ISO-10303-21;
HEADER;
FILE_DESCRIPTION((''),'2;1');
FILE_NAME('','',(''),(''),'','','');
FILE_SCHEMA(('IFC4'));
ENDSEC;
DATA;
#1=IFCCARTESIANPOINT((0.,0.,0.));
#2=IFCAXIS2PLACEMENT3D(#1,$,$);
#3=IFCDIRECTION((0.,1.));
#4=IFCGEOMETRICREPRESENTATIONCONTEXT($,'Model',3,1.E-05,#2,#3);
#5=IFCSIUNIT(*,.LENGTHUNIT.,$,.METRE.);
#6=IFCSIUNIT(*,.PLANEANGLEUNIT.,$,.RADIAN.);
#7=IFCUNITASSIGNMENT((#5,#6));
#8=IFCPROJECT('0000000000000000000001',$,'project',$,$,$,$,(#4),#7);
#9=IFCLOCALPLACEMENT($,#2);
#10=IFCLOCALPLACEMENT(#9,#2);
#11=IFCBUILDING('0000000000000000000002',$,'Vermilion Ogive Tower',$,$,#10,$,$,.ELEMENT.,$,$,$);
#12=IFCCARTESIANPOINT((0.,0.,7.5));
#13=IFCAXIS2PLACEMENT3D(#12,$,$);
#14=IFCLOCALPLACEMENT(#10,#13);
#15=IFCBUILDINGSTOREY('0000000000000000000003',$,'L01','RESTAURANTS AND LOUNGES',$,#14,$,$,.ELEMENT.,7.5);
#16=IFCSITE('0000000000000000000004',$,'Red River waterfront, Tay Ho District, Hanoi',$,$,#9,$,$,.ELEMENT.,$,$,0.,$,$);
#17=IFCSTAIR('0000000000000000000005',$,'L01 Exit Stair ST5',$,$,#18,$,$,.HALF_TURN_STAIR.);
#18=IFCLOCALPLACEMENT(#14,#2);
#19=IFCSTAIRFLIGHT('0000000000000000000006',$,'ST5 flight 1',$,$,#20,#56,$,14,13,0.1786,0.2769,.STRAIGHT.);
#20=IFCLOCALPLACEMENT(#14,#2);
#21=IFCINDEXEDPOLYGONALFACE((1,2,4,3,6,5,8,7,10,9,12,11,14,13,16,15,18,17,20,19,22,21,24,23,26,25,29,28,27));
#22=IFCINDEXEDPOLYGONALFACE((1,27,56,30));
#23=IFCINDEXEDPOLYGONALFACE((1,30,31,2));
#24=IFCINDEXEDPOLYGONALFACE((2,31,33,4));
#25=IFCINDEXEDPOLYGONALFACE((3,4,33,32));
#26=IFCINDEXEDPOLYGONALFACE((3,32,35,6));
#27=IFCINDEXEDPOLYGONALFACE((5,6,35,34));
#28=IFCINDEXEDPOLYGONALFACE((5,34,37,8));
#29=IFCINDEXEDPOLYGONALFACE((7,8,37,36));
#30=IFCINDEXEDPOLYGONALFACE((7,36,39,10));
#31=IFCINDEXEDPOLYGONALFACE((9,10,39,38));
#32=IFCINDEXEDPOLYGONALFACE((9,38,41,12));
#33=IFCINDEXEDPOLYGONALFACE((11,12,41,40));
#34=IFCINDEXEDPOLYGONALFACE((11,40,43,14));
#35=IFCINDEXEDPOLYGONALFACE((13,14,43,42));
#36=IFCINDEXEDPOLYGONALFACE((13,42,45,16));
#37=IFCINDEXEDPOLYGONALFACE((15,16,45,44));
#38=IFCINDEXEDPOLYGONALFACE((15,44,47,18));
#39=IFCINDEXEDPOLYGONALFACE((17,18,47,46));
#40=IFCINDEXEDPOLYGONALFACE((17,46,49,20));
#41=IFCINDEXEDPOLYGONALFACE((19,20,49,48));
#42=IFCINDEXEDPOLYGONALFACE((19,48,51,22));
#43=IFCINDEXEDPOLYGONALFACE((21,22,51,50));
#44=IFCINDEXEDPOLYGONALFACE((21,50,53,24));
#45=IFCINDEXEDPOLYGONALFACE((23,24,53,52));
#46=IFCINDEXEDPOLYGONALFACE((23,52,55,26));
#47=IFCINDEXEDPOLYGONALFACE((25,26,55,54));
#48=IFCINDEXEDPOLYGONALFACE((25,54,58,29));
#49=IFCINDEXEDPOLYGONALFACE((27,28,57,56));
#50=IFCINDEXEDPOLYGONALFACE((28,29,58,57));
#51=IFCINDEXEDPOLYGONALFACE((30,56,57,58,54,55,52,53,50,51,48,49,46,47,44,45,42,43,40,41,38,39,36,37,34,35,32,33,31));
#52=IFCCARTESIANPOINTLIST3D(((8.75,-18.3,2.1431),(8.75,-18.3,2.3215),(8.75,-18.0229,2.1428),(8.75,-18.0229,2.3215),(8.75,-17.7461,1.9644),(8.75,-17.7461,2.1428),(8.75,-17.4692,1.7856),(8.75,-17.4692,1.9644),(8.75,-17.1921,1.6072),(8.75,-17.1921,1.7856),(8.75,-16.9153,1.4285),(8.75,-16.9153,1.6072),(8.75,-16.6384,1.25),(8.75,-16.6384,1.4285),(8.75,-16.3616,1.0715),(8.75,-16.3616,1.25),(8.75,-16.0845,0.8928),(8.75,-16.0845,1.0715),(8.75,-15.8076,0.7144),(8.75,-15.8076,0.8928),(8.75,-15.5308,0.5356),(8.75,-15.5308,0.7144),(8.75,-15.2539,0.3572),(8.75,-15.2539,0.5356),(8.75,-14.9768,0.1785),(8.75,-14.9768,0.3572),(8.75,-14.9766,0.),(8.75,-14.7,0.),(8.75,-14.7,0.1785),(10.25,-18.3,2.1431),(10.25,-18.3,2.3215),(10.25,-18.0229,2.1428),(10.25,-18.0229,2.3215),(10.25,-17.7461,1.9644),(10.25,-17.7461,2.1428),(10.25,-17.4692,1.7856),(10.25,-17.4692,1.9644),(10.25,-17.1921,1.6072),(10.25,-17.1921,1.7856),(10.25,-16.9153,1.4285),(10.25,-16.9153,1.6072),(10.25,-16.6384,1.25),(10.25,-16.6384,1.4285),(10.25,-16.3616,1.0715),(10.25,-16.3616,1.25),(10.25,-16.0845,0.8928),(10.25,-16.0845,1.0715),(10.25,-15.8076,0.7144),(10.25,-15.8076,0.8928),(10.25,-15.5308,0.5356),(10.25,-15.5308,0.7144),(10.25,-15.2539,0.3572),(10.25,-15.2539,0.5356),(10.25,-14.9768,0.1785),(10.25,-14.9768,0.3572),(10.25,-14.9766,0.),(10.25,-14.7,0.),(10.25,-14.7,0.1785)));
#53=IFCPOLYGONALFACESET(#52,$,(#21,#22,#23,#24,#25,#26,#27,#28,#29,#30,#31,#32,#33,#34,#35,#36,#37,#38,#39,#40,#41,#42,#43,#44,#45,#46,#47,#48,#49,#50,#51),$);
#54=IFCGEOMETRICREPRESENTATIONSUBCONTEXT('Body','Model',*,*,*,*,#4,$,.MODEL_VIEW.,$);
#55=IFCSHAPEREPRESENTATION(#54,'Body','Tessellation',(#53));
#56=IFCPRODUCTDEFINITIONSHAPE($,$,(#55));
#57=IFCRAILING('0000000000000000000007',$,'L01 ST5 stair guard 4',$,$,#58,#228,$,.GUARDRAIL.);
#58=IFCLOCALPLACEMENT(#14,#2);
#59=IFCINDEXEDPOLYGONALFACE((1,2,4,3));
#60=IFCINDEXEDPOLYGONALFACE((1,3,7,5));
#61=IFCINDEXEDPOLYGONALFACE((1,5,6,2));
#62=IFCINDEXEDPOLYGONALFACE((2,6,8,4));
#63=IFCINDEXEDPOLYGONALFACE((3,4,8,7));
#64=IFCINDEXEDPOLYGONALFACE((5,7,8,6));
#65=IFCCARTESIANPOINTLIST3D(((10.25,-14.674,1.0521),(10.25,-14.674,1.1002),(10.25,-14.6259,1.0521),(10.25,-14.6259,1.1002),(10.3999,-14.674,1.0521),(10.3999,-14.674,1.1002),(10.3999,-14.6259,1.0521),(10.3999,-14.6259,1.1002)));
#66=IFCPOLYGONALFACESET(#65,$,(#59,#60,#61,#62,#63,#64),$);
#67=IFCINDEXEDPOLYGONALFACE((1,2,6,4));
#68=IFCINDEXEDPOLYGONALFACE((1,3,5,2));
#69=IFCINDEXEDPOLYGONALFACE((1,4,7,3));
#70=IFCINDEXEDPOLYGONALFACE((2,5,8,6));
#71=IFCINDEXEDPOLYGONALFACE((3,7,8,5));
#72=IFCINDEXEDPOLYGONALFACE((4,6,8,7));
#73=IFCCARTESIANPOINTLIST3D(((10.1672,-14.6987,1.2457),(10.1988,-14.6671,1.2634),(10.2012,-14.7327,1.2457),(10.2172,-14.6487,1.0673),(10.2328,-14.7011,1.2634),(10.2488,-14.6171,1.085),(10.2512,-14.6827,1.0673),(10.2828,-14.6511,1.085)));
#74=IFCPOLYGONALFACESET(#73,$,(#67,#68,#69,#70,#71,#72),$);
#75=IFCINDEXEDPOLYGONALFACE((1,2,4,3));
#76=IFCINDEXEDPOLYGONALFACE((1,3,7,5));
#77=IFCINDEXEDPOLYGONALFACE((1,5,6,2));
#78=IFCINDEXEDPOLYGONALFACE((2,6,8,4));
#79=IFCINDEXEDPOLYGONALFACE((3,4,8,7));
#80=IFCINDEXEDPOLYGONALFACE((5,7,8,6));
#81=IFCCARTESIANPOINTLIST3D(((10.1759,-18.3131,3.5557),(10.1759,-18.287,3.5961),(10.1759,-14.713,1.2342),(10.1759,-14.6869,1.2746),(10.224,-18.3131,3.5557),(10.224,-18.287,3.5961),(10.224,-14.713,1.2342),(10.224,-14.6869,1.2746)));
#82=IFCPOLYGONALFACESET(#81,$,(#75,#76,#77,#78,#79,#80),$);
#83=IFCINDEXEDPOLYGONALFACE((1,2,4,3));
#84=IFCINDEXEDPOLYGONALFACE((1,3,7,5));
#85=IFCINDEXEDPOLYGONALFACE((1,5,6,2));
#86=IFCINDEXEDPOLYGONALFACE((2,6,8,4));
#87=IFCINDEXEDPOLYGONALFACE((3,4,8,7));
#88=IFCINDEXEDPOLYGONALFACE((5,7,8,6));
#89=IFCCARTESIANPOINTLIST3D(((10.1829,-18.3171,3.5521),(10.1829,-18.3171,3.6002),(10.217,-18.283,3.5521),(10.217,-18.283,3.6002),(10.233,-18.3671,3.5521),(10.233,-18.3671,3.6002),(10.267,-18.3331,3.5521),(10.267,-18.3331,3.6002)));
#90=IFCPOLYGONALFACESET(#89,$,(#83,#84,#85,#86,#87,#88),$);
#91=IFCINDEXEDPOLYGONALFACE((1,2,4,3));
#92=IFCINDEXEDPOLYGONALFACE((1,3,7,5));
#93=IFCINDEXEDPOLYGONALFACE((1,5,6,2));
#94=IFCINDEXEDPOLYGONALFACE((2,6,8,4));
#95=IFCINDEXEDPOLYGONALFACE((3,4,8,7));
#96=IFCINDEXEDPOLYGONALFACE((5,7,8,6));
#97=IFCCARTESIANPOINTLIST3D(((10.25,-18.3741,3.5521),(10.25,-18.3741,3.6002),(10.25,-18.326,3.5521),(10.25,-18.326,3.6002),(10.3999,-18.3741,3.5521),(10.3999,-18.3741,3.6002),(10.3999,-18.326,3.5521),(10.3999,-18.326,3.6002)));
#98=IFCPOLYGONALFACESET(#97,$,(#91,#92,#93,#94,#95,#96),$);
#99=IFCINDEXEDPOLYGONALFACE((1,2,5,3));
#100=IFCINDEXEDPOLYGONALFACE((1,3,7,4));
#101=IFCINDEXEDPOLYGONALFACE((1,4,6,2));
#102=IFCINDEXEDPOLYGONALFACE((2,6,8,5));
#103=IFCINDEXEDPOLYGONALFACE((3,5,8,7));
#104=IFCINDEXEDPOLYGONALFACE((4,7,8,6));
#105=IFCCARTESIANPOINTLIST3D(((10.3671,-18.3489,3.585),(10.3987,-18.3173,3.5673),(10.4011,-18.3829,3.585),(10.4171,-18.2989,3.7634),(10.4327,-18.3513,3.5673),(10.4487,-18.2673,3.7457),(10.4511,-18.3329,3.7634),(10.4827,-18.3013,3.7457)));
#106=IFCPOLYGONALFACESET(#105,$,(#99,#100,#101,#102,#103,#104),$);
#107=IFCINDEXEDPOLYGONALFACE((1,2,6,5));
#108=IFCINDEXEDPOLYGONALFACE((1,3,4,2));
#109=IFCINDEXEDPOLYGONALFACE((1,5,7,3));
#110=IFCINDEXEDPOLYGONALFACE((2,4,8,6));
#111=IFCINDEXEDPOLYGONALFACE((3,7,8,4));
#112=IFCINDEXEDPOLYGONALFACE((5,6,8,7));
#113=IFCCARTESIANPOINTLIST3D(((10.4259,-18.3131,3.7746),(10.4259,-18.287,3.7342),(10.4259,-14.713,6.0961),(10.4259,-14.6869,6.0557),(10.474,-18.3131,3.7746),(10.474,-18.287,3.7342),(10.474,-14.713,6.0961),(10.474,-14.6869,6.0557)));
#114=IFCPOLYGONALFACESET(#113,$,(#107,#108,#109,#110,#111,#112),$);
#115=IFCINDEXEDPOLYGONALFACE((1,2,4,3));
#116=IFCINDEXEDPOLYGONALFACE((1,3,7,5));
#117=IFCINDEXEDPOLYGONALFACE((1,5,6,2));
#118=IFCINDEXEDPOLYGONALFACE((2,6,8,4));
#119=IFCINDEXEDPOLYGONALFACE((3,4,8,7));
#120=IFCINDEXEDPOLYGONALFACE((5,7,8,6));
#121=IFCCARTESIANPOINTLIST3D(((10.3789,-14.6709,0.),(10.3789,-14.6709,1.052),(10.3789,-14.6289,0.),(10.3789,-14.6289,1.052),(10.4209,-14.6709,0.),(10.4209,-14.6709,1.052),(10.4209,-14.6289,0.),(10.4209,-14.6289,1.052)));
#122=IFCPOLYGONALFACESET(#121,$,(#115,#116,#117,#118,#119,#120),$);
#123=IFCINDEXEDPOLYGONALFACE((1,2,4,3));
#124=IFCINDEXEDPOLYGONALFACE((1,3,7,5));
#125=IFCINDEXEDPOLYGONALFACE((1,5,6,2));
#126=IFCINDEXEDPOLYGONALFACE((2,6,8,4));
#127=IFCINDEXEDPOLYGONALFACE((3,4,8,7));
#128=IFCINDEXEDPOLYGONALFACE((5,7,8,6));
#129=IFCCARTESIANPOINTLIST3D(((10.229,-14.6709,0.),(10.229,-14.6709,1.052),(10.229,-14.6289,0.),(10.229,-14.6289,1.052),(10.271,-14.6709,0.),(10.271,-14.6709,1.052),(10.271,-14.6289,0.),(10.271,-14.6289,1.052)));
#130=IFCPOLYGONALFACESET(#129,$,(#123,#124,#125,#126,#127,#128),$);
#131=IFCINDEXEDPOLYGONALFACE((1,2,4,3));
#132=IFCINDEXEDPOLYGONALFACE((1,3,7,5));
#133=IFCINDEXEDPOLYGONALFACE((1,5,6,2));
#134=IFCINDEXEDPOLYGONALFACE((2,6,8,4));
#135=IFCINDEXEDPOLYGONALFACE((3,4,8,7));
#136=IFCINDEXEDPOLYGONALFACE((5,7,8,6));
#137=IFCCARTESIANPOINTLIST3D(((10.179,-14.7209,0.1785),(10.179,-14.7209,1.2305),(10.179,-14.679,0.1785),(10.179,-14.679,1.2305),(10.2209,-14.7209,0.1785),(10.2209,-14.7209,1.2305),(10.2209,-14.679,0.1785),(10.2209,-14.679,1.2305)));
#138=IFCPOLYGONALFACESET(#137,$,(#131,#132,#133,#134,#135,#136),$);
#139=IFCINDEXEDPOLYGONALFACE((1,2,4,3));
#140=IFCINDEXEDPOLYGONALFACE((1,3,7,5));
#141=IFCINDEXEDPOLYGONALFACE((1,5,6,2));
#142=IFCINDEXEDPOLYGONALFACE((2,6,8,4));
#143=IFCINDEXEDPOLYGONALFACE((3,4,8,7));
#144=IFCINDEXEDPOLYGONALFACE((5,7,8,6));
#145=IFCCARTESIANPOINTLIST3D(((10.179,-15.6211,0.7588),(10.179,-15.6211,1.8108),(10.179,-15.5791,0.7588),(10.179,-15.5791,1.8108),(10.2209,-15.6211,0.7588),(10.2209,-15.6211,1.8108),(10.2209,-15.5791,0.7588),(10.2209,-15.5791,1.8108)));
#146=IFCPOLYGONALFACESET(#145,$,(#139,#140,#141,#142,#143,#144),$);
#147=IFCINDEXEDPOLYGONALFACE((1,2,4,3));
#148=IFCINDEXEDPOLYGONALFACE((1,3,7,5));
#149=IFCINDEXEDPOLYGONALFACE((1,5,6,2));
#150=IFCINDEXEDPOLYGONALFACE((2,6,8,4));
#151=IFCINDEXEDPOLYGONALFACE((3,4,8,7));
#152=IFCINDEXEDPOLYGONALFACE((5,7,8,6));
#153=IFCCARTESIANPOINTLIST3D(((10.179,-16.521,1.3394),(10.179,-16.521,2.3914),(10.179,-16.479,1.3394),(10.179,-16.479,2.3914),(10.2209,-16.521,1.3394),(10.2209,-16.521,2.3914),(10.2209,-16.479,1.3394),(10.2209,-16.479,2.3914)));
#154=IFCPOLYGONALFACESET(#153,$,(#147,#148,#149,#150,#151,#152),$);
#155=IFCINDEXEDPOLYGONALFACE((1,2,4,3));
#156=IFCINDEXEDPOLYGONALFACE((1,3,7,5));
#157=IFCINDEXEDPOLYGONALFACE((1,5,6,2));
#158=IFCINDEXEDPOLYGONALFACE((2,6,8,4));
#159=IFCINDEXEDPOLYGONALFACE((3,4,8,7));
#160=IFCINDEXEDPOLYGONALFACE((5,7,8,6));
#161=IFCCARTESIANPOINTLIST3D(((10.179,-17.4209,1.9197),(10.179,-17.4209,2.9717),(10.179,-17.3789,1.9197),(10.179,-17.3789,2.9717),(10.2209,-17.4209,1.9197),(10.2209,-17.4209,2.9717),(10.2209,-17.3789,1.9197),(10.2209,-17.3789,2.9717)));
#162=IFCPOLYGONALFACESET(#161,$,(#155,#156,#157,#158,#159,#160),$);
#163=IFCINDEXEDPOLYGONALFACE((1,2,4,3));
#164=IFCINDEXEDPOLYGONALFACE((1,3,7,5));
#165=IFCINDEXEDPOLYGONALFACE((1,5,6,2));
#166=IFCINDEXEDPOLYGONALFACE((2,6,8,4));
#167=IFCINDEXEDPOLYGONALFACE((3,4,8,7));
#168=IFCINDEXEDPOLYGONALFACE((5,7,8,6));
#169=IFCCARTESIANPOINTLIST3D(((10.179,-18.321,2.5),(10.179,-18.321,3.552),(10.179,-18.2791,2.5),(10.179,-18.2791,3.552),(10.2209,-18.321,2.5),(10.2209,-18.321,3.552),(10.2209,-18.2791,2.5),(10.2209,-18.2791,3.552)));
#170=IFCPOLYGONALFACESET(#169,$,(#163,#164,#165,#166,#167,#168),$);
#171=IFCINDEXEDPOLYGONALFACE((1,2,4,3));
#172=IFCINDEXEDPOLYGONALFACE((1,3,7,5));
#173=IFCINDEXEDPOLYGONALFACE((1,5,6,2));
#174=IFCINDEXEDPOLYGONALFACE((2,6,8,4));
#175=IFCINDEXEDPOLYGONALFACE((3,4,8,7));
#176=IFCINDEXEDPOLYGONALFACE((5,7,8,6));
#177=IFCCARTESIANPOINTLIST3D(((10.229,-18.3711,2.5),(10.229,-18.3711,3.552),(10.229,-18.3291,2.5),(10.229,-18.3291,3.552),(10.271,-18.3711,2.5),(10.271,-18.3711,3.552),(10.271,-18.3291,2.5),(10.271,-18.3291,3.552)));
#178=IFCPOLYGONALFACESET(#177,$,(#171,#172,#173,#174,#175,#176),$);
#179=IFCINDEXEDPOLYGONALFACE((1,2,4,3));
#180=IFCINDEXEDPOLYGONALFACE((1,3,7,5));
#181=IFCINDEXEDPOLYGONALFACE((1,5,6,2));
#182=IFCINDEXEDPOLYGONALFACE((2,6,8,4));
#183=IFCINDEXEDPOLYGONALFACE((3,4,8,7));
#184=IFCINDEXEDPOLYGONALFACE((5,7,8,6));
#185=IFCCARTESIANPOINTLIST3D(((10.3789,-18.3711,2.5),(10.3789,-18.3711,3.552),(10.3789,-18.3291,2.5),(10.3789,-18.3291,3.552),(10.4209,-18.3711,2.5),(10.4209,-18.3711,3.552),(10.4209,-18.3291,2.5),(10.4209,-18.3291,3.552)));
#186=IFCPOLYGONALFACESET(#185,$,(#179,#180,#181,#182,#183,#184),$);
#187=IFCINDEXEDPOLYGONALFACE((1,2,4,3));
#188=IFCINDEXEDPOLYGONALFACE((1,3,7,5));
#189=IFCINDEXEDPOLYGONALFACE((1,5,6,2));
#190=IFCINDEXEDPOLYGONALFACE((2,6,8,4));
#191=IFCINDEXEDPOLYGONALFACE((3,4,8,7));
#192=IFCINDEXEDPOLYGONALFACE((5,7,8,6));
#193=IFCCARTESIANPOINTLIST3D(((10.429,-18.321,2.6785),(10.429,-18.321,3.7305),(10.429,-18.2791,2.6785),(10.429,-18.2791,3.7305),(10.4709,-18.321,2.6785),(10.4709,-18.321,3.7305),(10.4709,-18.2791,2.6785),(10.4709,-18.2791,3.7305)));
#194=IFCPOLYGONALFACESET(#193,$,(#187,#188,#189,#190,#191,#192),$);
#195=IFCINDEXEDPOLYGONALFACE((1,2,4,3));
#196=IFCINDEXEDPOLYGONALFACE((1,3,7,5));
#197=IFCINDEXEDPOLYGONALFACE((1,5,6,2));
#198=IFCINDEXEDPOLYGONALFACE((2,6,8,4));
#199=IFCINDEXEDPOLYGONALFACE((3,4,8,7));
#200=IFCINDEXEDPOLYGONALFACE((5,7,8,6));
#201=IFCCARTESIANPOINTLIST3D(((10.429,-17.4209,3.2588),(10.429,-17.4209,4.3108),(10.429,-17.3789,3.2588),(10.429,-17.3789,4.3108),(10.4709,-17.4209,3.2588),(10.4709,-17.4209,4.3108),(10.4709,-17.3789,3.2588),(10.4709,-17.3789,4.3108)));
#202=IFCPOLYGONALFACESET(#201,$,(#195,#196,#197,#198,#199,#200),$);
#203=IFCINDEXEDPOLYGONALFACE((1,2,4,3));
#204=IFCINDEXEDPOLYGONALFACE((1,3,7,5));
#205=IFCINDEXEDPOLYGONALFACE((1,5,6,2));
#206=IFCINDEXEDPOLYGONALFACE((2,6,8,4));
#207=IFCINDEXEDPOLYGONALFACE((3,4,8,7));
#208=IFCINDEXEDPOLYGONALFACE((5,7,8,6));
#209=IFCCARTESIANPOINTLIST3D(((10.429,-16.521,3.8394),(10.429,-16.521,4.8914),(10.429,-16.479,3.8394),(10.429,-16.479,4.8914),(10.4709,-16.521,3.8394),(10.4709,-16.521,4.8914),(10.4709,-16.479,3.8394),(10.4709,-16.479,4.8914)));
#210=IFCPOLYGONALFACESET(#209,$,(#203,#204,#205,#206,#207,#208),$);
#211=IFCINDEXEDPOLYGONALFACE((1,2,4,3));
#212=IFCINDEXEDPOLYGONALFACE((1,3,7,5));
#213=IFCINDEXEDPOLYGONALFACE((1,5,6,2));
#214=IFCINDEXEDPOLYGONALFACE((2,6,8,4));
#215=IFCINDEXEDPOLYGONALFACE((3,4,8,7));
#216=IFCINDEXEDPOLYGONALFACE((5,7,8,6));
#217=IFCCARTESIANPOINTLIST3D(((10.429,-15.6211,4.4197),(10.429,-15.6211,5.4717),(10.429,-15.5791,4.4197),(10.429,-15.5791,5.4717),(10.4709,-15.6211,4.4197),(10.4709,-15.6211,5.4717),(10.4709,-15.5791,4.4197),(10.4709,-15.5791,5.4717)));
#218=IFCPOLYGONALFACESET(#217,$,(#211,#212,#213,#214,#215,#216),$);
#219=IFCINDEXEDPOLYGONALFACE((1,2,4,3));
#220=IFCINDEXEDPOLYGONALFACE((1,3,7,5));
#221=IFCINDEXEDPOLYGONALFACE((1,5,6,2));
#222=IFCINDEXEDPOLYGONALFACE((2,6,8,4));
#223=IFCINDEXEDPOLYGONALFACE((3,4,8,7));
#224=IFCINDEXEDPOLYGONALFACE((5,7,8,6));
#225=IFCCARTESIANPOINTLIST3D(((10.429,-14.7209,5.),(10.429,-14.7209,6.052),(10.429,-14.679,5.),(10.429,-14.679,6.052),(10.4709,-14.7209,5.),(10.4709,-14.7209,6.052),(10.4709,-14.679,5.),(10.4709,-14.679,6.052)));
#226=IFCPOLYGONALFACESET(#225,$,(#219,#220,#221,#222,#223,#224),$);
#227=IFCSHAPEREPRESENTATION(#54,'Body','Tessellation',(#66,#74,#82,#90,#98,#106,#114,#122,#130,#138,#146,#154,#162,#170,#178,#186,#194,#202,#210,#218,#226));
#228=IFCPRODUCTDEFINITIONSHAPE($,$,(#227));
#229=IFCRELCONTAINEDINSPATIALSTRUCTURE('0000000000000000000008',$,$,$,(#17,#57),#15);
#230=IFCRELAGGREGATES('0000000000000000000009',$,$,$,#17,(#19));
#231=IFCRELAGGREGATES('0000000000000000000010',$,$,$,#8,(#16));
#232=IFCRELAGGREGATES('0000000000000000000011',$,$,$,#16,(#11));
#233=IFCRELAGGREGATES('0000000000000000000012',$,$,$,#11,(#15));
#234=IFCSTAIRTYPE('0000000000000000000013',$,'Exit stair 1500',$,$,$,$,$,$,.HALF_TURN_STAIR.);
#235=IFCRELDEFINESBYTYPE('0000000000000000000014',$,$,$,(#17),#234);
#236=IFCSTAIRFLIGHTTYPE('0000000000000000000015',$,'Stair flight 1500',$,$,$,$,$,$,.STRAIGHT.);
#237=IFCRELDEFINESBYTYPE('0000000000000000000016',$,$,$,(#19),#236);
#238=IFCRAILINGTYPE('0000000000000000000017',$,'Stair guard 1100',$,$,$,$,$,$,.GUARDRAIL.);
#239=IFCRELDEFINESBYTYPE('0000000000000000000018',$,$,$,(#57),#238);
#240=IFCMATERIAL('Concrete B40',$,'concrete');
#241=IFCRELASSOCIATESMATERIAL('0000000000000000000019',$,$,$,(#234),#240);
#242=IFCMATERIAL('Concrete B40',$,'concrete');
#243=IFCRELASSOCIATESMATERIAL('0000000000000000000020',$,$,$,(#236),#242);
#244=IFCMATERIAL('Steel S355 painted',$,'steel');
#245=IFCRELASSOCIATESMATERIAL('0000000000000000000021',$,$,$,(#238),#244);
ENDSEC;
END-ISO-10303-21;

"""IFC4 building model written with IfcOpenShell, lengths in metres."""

from ifc_helpers import new_model, si_unit, direction, frame, origin, origin_2d, place, context, subcontext, project, spatial, polyline, rectangle, outline, extrude, material, type_object, element, aggregate, save


model = new_model("IFC4")

# Units and contexts
model_context = context("Model", 3, precision=1e-05, world=origin(), true_north=direction((0.0, 1.0)))
body_context = subcontext(model_context, "Body", "Model", "MODEL_VIEW")
ifc_project = project(units=[si_unit("LENGTHUNIT", "METRE"), si_unit("PLANEANGLEUNIT", "RADIAN")], contexts=[model_context])

# Site, building, storey
site_placement = place(None, origin())
site = spatial("IfcSite", under=ifc_project, at=site_placement, Name="Red River waterfront, Tay Ho District, Hanoi", CompositionType="ELEMENT", RefElevation=0.0)
building_placement = place(site_placement, origin())
building = spatial("IfcBuilding", under=site, at=building_placement, Name="Vermilion Ogive Tower", CompositionType="ELEMENT")
storey_placement = place(building_placement, frame((0.0, 0.0, 7.5)))
storey = spatial("IfcBuildingStorey", under=building, at=storey_placement, Name="L01", Description="RESTAURANTS AND LOUNGES", CompositionType="ELEMENT", Elevation=7.5)

# Stair, stair flight
ifc_material_1 = material(Name="Concrete B40", Category="concrete")
stair_type = type_object("IfcStairType", Name="Exit stair 1500", PredefinedType="HALF_TURN_STAIR", material=ifc_material_1)
stair_placement = place(storey_placement, origin())
stair = element("IfcStair", 1, at=stair_placement, inside=storey, type_object=stair_type, Name="L01 Exit Stair ST5", PredefinedType="HALF_TURN_STAIR")
ifc_material_2 = material(Name="Concrete B40", Category="concrete")
stair_flight_type = type_object("IfcStairFlightType", Name="Stair flight 1500", PredefinedType="STRAIGHT", material=ifc_material_2)
stair_flight_placement = place(storey_placement, frame((9.5, -14.7, 0.0), z_axis=(0.0, 0.0, 1.0), x_axis=(0.0, -1.0, 0.0)))
stair_flight = element("IfcStairFlight", 2, at=stair_flight_placement, type_object=stair_flight_type, Name="ST5 flight 1", NumberOfRisers=14, NumberOfTreads=13, PredefinedType="STRAIGHT", RiserHeight=0.1786, TreadLength=0.2769, context=body_context, shape_type="SweptSolid", body=[
    extrude(outline(polyline([(0.0, 0.0), (0.0, 0.1785), (0.2769, 0.1785), (0.2769, 0.3572), (0.554, 0.3572), (0.554, 0.5356), (0.8308, 0.5356), (0.8308, 0.7144), (1.1077, 0.7144), (1.1077, 0.8928), (1.3845, 0.8928), (1.3845, 1.0715), (1.6616, 1.0715), (1.6616, 1.25), (1.9385, 1.25), (1.9385, 1.4285), (2.2153, 1.4285), (2.2153, 1.6072), (2.4922, 1.6072), (2.4922, 1.7856), (2.7693, 1.7856), (2.7693, 1.9644), (3.0461, 1.9644), (3.0461, 2.1428), (3.323, 2.1428), (3.323, 2.3215), (3.6001, 2.3215), (3.6001, 2.5), (3.6001, 2.1431), (0.2766, 0.0), (0.0, 0.0)])), frame((0.0, 0.75, 0.0), z_axis=(0.0, -1.0, 0.0), x_axis=(1.0, 0.0, 0.0)), (0.0, 0.0, 1.0), 1.5),
])
aggregate(stair, [stair_flight])

# Railing
ifc_material_3 = material(Name="Steel S355 painted", Category="steel")
railing_type_1 = type_object("IfcRailingType", Name="Stair guard 1100", PredefinedType="GUARDRAIL", material=ifc_material_3)
railing_1_placement = place(storey_placement, frame((10.3999, -14.6499, 0.0)))
element("IfcRailing", 3, at=railing_1_placement, inside=storey, type_object=railing_type_1, Name="L01 ST5 stair guard 4", PredefinedType="GUARDRAIL", context=body_context, shape_type="SweptSolid", body=[
    extrude(rectangle(XDim=0.0481, YDim=0.0481, at=origin_2d()), frame((0.0, 0.0, 1.0762), z_axis=(-1.0, 0.0, 0.0), x_axis=(0.0, -1.0, 0.0)), (0.0, 0.0, 1.0), 0.1499),
    extrude(rectangle(XDim=0.0481, YDim=0.0481, at=origin_2d()), frame((-0.1499, 0.0, 1.0762), z_axis=(-0.260685, -0.260685, 0.929563), x_axis=(0.707107, -0.707107, 0.0)), (0.0, 0.0, 1.0), 0.1919),
    extrude(rectangle(XDim=0.0481, YDim=0.0481, at=origin_2d()), frame((-0.2, -0.05, 1.2544), z_axis=(0.0, -0.840415, 0.541944), x_axis=(1.0, 0.0, 0.0)), (0.0, 0.0, 1.0), 4.2837),
    extrude(rectangle(XDim=0.0481, YDim=0.0481, at=origin_2d()), frame((-0.2, -3.6501, 3.5762), z_axis=(0.707107, -0.707107, 0.0), x_axis=(0.707107, 0.707107, 0.0)), (0.0, 0.0, 1.0), 0.0708),
    extrude(rectangle(XDim=0.0481, YDim=0.0481, at=origin_2d()), frame((-0.1499, -3.7002, 3.5762), z_axis=(1.0, 0.0, 0.0), x_axis=(0.0, 1.0, 0.0)), (0.0, 0.0, 1.0), 0.1499),
    extrude(rectangle(XDim=0.0481, YDim=0.0481, at=origin_2d()), frame((0.0, -3.7002, 3.5762), z_axis=(0.260685, 0.260685, 0.929563), x_axis=(-0.707107, 0.707107, 0.0)), (0.0, 0.0, 1.0), 0.1919),
    extrude(rectangle(XDim=0.0481, YDim=0.0481, at=origin_2d()), frame((0.05, -3.6501, 3.7544), z_axis=(0.0, 0.840415, 0.541944), x_axis=(-1.0, 0.0, 0.0)), (0.0, 0.0, 1.0), 4.2837),
    extrude(rectangle(XDim=0.042, YDim=0.042, at=origin_2d()), origin(), (0.0, 0.0, 1.0), 1.052),
    extrude(rectangle(XDim=0.042, YDim=0.042, at=origin_2d()), frame((-0.1499, 0.0, 0.0)), (0.0, 0.0, 1.0), 1.052),
    extrude(rectangle(XDim=0.042, YDim=0.042, at=origin_2d()), frame((-0.2, -0.05, 0.1785)), (0.0, 0.0, 1.0), 1.052),
    extrude(rectangle(XDim=0.042, YDim=0.042, at=origin_2d()), frame((-0.2, -0.9502, 0.7588)), (0.0, 0.0, 1.0), 1.052),
    extrude(rectangle(XDim=0.042, YDim=0.042, at=origin_2d()), frame((-0.2, -1.8501, 1.3394)), (0.0, 0.0, 1.0), 1.052),
    extrude(rectangle(XDim=0.042, YDim=0.042, at=origin_2d()), frame((-0.2, -2.75, 1.9197)), (0.0, 0.0, 1.0), 1.052),
    extrude(rectangle(XDim=0.042, YDim=0.042, at=origin_2d()), frame((-0.2, -3.6501, 2.5)), (0.0, 0.0, 1.0), 1.052),
    extrude(rectangle(XDim=0.042, YDim=0.042, at=origin_2d()), frame((-0.1499, -3.7002, 2.5)), (0.0, 0.0, 1.0), 1.052),
    extrude(rectangle(XDim=0.042, YDim=0.042, at=origin_2d()), frame((0.0, -3.7002, 2.5)), (0.0, 0.0, 1.0), 1.052),
    extrude(rectangle(XDim=0.042, YDim=0.042, at=origin_2d()), frame((0.05, -3.6501, 2.6785)), (0.0, 0.0, 1.0), 1.052),
    extrude(rectangle(XDim=0.042, YDim=0.042, at=origin_2d()), frame((0.05, -2.75, 3.2588)), (0.0, 0.0, 1.0), 1.052),
    extrude(rectangle(XDim=0.042, YDim=0.042, at=origin_2d()), frame((0.05, -1.8501, 3.8394)), (0.0, 0.0, 1.0), 1.052),
    extrude(rectangle(XDim=0.042, YDim=0.042, at=origin_2d()), frame((0.05, -0.9502, 4.4197)), (0.0, 0.0, 1.0), 1.052),
    extrude(rectangle(XDim=0.042, YDim=0.042, at=origin_2d()), frame((0.05, -0.05, 5.0)), (0.0, 0.0, 1.0), 1.052),
])

save(model, "model.ifc")
